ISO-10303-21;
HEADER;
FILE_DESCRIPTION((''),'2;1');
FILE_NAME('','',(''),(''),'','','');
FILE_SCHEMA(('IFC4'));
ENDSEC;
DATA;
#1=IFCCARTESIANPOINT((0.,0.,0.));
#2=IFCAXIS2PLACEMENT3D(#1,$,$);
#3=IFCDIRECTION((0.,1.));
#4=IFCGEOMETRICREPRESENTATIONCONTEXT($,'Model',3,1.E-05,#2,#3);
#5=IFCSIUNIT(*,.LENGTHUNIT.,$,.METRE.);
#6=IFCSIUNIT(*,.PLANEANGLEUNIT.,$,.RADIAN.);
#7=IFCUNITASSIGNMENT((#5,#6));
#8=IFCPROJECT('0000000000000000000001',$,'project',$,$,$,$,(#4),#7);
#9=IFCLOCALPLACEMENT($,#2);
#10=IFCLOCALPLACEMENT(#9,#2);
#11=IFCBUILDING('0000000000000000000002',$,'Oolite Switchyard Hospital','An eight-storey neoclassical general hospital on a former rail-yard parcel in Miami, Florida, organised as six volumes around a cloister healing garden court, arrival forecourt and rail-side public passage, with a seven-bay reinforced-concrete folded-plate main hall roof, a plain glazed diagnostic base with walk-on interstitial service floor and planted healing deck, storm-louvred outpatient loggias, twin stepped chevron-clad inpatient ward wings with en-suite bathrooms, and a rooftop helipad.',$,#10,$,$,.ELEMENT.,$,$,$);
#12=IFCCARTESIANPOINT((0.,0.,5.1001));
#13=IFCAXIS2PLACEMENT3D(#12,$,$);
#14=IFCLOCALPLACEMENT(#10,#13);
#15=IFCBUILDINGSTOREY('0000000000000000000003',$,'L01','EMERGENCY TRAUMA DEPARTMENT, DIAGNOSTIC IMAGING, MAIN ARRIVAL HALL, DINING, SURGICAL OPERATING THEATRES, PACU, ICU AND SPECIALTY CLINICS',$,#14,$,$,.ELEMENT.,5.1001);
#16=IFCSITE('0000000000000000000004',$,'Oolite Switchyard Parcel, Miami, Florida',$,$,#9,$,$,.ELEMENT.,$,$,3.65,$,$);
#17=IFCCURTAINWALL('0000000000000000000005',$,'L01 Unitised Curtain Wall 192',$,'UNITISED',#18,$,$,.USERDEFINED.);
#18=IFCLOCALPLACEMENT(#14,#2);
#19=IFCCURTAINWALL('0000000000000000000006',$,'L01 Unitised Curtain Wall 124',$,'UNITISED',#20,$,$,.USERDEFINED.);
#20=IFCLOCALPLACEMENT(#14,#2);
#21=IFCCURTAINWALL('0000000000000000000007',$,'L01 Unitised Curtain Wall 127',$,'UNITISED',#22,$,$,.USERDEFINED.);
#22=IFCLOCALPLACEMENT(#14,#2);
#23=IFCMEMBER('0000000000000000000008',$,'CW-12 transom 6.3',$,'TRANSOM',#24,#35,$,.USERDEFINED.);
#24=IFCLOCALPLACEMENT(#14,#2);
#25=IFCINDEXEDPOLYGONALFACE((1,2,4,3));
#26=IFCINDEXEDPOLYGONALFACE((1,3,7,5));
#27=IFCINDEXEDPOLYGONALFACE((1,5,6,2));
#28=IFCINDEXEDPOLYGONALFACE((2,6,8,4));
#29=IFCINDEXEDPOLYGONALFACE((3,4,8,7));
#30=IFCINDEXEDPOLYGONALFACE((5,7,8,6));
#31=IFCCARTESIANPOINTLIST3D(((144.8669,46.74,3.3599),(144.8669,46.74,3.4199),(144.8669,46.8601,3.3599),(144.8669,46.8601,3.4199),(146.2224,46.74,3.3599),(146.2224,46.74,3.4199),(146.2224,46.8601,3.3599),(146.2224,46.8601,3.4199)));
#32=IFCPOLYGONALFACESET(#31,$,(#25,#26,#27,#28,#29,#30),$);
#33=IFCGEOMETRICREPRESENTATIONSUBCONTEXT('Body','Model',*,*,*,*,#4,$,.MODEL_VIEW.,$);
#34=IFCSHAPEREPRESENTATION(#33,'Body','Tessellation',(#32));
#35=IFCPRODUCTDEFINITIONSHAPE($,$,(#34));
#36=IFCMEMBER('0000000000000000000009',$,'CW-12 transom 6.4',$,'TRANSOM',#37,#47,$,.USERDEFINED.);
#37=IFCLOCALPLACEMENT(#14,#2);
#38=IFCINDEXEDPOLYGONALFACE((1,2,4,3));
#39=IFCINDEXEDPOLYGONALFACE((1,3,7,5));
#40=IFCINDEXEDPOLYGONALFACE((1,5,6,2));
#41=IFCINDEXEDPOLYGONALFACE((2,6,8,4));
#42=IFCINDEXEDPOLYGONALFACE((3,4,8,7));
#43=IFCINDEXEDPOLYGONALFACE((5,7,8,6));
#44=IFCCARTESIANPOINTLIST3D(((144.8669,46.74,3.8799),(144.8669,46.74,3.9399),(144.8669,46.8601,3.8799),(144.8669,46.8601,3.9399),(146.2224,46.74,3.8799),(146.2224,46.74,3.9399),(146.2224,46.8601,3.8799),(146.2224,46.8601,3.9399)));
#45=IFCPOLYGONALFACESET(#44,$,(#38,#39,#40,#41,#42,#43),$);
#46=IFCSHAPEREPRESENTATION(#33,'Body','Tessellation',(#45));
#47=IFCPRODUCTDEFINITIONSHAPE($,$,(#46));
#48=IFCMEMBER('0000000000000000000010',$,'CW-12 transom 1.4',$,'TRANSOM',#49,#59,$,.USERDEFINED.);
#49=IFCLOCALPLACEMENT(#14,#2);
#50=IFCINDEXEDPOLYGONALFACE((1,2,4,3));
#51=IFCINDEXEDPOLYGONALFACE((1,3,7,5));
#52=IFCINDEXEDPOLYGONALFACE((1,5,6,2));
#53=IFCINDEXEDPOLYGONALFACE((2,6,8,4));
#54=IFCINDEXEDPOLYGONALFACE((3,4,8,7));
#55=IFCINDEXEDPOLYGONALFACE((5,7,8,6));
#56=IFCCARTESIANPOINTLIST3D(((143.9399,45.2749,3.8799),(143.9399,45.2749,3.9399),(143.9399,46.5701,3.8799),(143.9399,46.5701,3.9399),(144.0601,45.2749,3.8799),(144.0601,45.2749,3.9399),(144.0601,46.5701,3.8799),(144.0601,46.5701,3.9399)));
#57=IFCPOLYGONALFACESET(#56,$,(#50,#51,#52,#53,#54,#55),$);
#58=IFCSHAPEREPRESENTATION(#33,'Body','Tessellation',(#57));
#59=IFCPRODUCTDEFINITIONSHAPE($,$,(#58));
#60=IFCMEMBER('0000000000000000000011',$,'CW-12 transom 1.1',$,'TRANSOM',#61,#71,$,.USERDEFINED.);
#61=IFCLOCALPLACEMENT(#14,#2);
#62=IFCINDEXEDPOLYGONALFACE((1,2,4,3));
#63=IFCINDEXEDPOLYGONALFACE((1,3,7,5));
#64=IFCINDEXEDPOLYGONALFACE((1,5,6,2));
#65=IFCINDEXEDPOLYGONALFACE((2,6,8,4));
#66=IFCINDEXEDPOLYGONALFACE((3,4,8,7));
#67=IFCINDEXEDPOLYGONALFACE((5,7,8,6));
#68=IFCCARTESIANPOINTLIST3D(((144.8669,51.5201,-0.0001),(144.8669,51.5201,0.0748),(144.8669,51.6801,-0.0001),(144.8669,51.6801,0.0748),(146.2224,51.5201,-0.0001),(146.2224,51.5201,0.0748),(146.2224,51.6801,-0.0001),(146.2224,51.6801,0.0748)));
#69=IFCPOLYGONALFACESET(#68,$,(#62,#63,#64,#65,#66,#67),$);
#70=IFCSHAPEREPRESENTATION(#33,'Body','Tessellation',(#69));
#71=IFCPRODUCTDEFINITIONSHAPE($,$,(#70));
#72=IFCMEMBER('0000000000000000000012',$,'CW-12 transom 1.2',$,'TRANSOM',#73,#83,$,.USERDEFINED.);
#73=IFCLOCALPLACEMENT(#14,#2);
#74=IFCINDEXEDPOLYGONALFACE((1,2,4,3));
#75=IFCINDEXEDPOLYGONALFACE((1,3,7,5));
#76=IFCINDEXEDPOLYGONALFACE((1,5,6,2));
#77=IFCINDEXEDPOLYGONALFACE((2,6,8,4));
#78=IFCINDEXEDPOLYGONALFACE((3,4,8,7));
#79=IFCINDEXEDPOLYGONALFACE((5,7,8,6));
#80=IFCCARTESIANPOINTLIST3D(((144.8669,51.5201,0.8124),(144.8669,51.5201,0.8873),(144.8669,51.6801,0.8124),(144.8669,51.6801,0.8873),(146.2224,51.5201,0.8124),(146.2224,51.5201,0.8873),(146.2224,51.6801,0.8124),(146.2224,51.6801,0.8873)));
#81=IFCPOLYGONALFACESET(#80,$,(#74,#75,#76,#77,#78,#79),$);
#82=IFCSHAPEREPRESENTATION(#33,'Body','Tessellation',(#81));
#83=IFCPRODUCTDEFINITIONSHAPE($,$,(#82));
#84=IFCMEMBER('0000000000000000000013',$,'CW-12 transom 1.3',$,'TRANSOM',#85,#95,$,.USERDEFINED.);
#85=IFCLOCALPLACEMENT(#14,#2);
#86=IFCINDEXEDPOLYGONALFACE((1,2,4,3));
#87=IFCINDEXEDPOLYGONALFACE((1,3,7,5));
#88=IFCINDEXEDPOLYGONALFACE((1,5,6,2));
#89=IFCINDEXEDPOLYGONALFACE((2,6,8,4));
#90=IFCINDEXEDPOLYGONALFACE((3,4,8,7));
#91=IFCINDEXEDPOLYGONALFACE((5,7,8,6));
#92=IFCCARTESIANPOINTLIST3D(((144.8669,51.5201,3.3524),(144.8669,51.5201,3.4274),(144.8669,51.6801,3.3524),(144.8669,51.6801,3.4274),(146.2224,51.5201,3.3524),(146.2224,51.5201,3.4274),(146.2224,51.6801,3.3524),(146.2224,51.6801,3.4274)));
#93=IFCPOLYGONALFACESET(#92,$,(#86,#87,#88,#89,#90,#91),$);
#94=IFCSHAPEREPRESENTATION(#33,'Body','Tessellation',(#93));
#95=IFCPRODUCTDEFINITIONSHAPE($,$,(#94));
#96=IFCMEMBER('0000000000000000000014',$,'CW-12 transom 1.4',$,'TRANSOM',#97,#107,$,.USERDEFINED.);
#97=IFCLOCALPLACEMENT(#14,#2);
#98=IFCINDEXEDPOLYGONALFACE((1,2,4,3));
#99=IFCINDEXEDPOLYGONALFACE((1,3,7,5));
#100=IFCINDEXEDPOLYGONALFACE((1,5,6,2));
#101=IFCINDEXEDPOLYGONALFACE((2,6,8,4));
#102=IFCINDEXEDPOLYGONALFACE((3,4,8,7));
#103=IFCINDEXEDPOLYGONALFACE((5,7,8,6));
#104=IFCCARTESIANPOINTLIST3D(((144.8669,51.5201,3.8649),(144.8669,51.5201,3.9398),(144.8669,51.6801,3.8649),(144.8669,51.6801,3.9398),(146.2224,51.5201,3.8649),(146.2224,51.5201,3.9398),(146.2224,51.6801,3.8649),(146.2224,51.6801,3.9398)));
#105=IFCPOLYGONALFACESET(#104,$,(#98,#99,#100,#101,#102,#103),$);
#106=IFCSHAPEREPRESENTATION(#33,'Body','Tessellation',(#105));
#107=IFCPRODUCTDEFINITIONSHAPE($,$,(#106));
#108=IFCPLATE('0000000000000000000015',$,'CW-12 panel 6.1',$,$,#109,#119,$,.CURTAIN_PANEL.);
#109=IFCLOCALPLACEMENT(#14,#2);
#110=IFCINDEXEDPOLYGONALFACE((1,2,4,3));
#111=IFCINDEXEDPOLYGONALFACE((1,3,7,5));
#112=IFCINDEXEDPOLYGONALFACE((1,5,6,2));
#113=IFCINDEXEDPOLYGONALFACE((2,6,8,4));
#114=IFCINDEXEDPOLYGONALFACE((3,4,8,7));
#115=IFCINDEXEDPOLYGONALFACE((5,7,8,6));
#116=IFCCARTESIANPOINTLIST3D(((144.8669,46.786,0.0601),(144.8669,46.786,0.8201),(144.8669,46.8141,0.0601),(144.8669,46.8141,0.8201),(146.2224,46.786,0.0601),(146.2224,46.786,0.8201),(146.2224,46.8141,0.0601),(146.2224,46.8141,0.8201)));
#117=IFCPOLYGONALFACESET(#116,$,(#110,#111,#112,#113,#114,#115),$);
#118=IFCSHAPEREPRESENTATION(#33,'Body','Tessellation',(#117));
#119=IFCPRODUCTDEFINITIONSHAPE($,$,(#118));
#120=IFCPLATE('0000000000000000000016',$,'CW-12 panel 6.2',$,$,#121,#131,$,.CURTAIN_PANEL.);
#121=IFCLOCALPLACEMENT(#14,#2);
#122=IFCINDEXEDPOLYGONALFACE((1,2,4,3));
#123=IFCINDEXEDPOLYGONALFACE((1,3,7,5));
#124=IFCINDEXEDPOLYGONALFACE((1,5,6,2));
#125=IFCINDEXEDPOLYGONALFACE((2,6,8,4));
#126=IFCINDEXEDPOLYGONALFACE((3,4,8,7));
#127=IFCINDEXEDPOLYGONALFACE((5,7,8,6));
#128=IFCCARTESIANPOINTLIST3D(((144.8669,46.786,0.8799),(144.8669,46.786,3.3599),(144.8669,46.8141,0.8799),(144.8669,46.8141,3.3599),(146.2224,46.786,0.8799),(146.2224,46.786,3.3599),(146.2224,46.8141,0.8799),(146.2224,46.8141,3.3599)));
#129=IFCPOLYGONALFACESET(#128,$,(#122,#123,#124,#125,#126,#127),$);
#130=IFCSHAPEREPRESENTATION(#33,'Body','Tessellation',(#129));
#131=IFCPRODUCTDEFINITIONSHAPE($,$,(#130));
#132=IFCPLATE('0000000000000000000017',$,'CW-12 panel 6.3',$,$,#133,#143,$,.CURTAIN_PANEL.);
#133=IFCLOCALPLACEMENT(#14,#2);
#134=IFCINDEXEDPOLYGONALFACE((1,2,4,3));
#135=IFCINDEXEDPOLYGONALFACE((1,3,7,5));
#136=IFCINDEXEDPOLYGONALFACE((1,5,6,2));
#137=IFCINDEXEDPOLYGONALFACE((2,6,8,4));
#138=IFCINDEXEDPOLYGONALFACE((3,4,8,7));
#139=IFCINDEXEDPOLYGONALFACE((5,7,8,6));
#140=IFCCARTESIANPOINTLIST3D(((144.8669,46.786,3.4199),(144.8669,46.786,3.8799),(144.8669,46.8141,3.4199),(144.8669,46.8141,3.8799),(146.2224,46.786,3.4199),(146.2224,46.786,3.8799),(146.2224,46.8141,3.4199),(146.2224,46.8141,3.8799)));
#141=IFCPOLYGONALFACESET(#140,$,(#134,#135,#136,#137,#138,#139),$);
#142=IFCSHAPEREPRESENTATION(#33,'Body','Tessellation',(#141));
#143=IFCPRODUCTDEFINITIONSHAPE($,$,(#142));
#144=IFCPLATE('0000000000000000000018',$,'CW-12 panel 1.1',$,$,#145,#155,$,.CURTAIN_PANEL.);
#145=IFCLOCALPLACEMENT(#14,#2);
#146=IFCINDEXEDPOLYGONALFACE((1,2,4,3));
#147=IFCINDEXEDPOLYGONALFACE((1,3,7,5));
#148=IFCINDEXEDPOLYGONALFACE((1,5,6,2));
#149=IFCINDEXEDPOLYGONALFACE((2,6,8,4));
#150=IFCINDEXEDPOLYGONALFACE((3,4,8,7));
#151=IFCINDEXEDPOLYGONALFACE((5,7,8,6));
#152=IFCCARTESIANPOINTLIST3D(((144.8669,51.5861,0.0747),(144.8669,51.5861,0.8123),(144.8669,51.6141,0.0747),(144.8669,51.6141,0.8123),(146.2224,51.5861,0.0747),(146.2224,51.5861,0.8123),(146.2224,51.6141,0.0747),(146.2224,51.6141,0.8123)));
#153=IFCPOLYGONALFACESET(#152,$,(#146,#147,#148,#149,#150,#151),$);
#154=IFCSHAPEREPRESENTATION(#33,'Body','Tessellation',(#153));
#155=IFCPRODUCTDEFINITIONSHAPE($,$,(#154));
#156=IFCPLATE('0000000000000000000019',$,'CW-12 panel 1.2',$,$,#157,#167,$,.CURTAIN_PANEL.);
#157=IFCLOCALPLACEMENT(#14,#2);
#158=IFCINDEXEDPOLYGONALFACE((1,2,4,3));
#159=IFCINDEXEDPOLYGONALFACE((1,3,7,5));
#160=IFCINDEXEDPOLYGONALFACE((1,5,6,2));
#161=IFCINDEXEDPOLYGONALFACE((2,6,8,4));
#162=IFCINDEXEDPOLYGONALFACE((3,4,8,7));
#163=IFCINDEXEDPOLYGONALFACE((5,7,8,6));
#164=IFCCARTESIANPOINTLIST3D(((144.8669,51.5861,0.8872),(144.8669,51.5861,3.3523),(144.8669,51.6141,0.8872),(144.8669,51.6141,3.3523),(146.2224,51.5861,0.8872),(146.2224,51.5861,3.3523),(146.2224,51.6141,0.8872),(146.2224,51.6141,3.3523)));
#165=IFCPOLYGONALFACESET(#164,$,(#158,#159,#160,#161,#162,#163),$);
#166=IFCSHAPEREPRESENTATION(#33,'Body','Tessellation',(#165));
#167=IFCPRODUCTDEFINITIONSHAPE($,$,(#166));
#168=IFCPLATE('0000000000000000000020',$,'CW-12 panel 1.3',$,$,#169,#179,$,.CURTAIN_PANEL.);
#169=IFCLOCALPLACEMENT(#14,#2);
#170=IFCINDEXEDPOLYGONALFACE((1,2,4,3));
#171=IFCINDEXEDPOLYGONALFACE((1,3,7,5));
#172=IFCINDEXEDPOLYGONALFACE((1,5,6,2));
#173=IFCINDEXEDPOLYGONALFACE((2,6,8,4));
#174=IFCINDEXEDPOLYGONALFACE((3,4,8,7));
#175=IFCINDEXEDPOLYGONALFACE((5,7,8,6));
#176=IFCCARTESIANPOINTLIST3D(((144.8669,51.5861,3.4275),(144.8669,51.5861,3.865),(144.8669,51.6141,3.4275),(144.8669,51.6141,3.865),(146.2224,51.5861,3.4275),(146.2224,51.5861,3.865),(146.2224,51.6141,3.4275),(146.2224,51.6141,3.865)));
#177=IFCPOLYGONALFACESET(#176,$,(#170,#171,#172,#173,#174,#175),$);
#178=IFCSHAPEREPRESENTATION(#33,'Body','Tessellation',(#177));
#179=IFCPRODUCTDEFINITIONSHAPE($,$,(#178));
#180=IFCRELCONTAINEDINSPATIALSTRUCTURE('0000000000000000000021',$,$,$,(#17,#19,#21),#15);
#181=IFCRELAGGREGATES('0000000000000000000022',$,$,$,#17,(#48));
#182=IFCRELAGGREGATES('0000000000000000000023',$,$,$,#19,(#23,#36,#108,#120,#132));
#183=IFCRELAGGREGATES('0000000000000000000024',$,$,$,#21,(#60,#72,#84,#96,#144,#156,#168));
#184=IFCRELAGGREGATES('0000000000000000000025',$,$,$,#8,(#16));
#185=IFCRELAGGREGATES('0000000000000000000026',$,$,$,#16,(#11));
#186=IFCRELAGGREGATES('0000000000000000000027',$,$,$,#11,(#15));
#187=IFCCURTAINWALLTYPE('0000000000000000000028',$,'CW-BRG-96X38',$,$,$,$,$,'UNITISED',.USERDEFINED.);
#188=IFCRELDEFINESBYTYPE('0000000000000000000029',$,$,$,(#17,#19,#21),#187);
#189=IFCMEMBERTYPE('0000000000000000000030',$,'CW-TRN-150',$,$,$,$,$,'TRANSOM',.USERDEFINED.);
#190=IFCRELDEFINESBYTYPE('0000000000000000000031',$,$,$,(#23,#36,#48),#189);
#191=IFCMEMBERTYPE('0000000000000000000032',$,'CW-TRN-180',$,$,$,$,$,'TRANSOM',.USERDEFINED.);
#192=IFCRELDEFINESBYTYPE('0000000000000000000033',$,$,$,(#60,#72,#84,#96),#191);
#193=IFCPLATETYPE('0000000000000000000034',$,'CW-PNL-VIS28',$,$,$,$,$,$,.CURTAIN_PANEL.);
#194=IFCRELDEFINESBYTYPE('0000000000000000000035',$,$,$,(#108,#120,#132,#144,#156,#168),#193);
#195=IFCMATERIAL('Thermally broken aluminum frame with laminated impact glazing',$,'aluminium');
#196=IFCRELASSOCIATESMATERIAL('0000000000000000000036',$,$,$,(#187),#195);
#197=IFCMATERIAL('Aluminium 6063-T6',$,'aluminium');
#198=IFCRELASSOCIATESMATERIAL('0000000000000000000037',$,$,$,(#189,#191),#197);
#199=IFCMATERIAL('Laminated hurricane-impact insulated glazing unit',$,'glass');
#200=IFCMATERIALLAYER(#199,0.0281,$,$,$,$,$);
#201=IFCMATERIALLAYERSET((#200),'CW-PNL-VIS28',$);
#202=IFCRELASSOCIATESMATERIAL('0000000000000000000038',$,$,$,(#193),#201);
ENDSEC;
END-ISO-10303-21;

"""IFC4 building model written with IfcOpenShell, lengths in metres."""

from ifc_helpers import new_model, si_unit, direction, frame, origin, origin_2d, place, context, subcontext, project, spatial, rectangle, extrude, material, layer, layer_set, material_profile, profile_set, type_object, element, aggregate, save


model = new_model("IFC4")

# Units and contexts
model_context = context("Model", 3, precision=1e-05, world=origin(), true_north=direction((0.0, 1.0)))
body_context = subcontext(model_context, "Body", "Model", "MODEL_VIEW")
ifc_project = project(units=[si_unit("LENGTHUNIT", "METRE"), si_unit("PLANEANGLEUNIT", "RADIAN")], contexts=[model_context])

# Site, building, storey
site_placement = place(None, origin())
site = spatial("IfcSite", under=ifc_project, at=site_placement, Name="Oolite Switchyard Parcel, Miami, Florida", CompositionType="ELEMENT", RefElevation=3.65)
building_placement = place(site_placement, origin())
building = spatial("IfcBuilding", under=site, at=building_placement, Name="Oolite Switchyard Hospital", Description="An eight-storey neoclassical general hospital on a former rail-yard parcel in Miami, Florida, organised as six volumes around a cloister healing garden court, arrival forecourt and rail-side public passage, with a seven-bay reinforced-concrete folded-plate main hall roof, a plain glazed diagnostic base with walk-on interstitial service floor and planted healing deck, storm-louvred outpatient loggias, twin stepped chevron-clad inpatient ward wings with en-suite bathrooms, and a rooftop helipad.", CompositionType="ELEMENT")
storey_placement = place(building_placement, frame((0.0, 0.0, 5.1001)))
storey = spatial("IfcBuildingStorey", under=building, at=storey_placement, Name="L01", Description="EMERGENCY TRAUMA DEPARTMENT, DIAGNOSTIC IMAGING, MAIN ARRIVAL HALL, DINING, SURGICAL OPERATING THEATRES, PACU, ICU AND SPECIALTY CLINICS", CompositionType="ELEMENT", Elevation=5.1001)

# Curtain wall
ifc_material_1 = material(Name="Thermally broken aluminum frame with laminated impact glazing", Category="aluminium")
curtain_wall_type = type_object("IfcCurtainWallType", Name="CW-BRG-96X38", ElementType="UNITISED", PredefinedType="USERDEFINED", material=ifc_material_1)
curtain_wall_1_placement = place(storey_placement, origin())
curtain_wall_1 = element("IfcCurtainWall", 1, at=curtain_wall_1_placement, inside=storey, type_object=curtain_wall_type, Name="L01 Unitised Curtain Wall 192", ObjectType="UNITISED", PredefinedType="USERDEFINED")
ifc_material_2 = material(Name="Aluminium 6063-T6", Category="aluminium")

# Curtain walls
curtain_wall_2_placement = place(storey_placement, origin())
curtain_wall_2 = element("IfcCurtainWall", 2, at=curtain_wall_2_placement, inside=storey, type_object=curtain_wall_type, Name="L01 Unitised Curtain Wall 124", ObjectType="UNITISED", PredefinedType="USERDEFINED")
curtain_wall_3_placement = place(storey_placement, origin())
curtain_wall_3 = element("IfcCurtainWall", 3, at=curtain_wall_3_placement, inside=storey, type_object=curtain_wall_type, Name="L01 Unitised Curtain Wall 127", ObjectType="UNITISED", PredefinedType="USERDEFINED")

# Members
ifc_material_profile_1 = material_profile(ifc_material_2, rectangle(XDim=0.1201, YDim=0.0601, at=origin_2d()), Name="CWT60X120")
ifc_profile_set_1 = profile_set([ifc_material_profile_1], Name="Aluminium 6063-T6")
member_type_1 = type_object("IfcMemberType", Name="CW-TRN-150", ElementType="TRANSOM", PredefinedType="USERDEFINED", material=ifc_profile_set_1)
member_1_placement = place(storey_placement, frame((146.2224, 46.8, 3.3899), z_axis=(-1.0, 0.0, 0.0), x_axis=(0.0, -1.0, 0.0)))
member_1 = element("IfcMember", 4, at=member_1_placement, type_object=member_type_1, Name="CW-12 transom 6.3", ObjectType="TRANSOM", PredefinedType="USERDEFINED", context=body_context, shape_type="SweptSolid", body=[
    extrude(rectangle(XDim=0.1201, YDim=0.0601, at=origin_2d()), origin(), (0.0, 0.0, 1.0), 1.3555),
])
member_2_placement = place(storey_placement, frame((146.2224, 46.8, 3.9099), z_axis=(-1.0, 0.0, 0.0), x_axis=(0.0, -1.0, 0.0)))
member_2 = element("IfcMember", 5, at=member_2_placement, type_object=member_type_1, Name="CW-12 transom 6.4", ObjectType="TRANSOM", PredefinedType="USERDEFINED", context=body_context, shape_type="SweptSolid", body=[
    extrude(rectangle(XDim=0.1201, YDim=0.0601, at=origin_2d()), origin(), (0.0, 0.0, 1.0), 1.3555),
])
member_3_placement = place(storey_placement, frame((144.0, 46.5701, 3.9099), z_axis=(0.0, -1.0, 0.0), x_axis=(1.0, 0.0, 0.0)))
member_3 = element("IfcMember", 6, at=member_3_placement, type_object=member_type_1, Name="CW-12 transom 1.4", ObjectType="TRANSOM", PredefinedType="USERDEFINED", context=body_context, shape_type="SweptSolid", body=[
    extrude(rectangle(XDim=0.1201, YDim=0.0601, at=origin_2d()), origin(), (0.0, 0.0, 1.0), 1.2952),
])
aggregate(curtain_wall_1, [member_3])
ifc_material_profile_2 = material_profile(ifc_material_2, rectangle(XDim=0.1599, YDim=0.075, at=origin_2d()), Name="CWT75X160")
ifc_profile_set_2 = profile_set([ifc_material_profile_2], Name="Aluminium 6063-T6")
member_type_2 = type_object("IfcMemberType", Name="CW-TRN-180", ElementType="TRANSOM", PredefinedType="USERDEFINED", material=ifc_profile_set_2)
member_4_placement = place(storey_placement, frame((144.8669, 51.6001, 0.0374), z_axis=(1.0, 0.0, 0.0), x_axis=(0.0, 1.0, 0.0)))
member_4 = element("IfcMember", 7, at=member_4_placement, type_object=member_type_2, Name="CW-12 transom 1.1", ObjectType="TRANSOM", PredefinedType="USERDEFINED", context=body_context, shape_type="SweptSolid", body=[
    extrude(rectangle(XDim=0.1599, YDim=0.075, at=origin_2d()), origin(), (0.0, 0.0, 1.0), 1.3555),
])
member_5_placement = place(storey_placement, frame((144.8669, 51.6001, 0.8499), z_axis=(1.0, 0.0, 0.0), x_axis=(0.0, 1.0, 0.0)))
member_5 = element("IfcMember", 8, at=member_5_placement, type_object=member_type_2, Name="CW-12 transom 1.2", ObjectType="TRANSOM", PredefinedType="USERDEFINED", context=body_context, shape_type="SweptSolid", body=[
    extrude(rectangle(XDim=0.1599, YDim=0.075, at=origin_2d()), origin(), (0.0, 0.0, 1.0), 1.3555),
])
member_6_placement = place(storey_placement, frame((144.8669, 51.6001, 3.3899), z_axis=(1.0, 0.0, 0.0), x_axis=(0.0, 1.0, 0.0)))
member_6 = element("IfcMember", 9, at=member_6_placement, type_object=member_type_2, Name="CW-12 transom 1.3", ObjectType="TRANSOM", PredefinedType="USERDEFINED", context=body_context, shape_type="SweptSolid", body=[
    extrude(rectangle(XDim=0.1599, YDim=0.075, at=origin_2d()), origin(), (0.0, 0.0, 1.0), 1.3555),
])
member_7_placement = place(storey_placement, frame((144.8669, 51.6001, 3.9023), z_axis=(1.0, 0.0, 0.0), x_axis=(0.0, 1.0, 0.0)))
member_7 = element("IfcMember", 10, at=member_7_placement, type_object=member_type_2, Name="CW-12 transom 1.4", ObjectType="TRANSOM", PredefinedType="USERDEFINED", context=body_context, shape_type="SweptSolid", body=[
    extrude(rectangle(XDim=0.1599, YDim=0.075, at=origin_2d()), origin(), (0.0, 0.0, 1.0), 1.3555),
])

# Plates
ifc_material_3 = material(Name="Laminated hurricane-impact insulated glazing unit", Category="glass")
ifc_layer = layer(ifc_material_3, 0.0281)
ifc_layer_set = layer_set([ifc_layer], Name="CW-PNL-VIS28")
plate_type = type_object("IfcPlateType", Name="CW-PNL-VIS28", PredefinedType="CURTAIN_PANEL", material=ifc_layer_set)
plate_1_placement = place(storey_placement, frame((145.5447, 46.8, 0.0601), z_axis=(0.0, 0.0, 1.0), x_axis=(-1.0, 0.0, 0.0)))
plate_1 = element("IfcPlate", 11, at=plate_1_placement, type_object=plate_type, Name="CW-12 panel 6.1", PredefinedType="CURTAIN_PANEL", context=body_context, shape_type="SweptSolid", body=[
    extrude(rectangle(XDim=1.3555, YDim=0.0281, at=origin_2d()), origin(), (0.0, 0.0, 1.0), 0.76),
])
plate_2_placement = place(storey_placement, frame((145.5447, 46.8, 0.8799), z_axis=(0.0, 0.0, 1.0), x_axis=(-1.0, 0.0, 0.0)))
plate_2 = element("IfcPlate", 12, at=plate_2_placement, type_object=plate_type, Name="CW-12 panel 6.2", PredefinedType="CURTAIN_PANEL", context=body_context, shape_type="SweptSolid", body=[
    extrude(rectangle(XDim=1.3555, YDim=0.0281, at=origin_2d()), origin(), (0.0, 0.0, 1.0), 2.48),
])
plate_3_placement = place(storey_placement, frame((145.5447, 46.8, 3.4199), z_axis=(0.0, 0.0, 1.0), x_axis=(-1.0, 0.0, 0.0)))
plate_3 = element("IfcPlate", 13, at=plate_3_placement, type_object=plate_type, Name="CW-12 panel 6.3", PredefinedType="CURTAIN_PANEL", context=body_context, shape_type="SweptSolid", body=[
    extrude(rectangle(XDim=1.3555, YDim=0.0281, at=origin_2d()), origin(), (0.0, 0.0, 1.0), 0.46),
])
aggregate(curtain_wall_2, [member_1, member_2, plate_1, plate_2, plate_3])
plate_4_placement = place(storey_placement, frame((145.5447, 51.6001, 0.0747), z_axis=(0.0, 0.0, 1.0), x_axis=(1.0, 0.0, 0.0)))
plate_4 = element("IfcPlate", 14, at=plate_4_placement, type_object=plate_type, Name="CW-12 panel 1.1", PredefinedType="CURTAIN_PANEL", context=body_context, shape_type="SweptSolid", body=[
    extrude(rectangle(XDim=1.3555, YDim=0.0281, at=origin_2d()), origin(), (0.0, 0.0, 1.0), 0.7375),
])
plate_5_placement = place(storey_placement, frame((145.5447, 51.6001, 0.8872), z_axis=(0.0, 0.0, 1.0), x_axis=(1.0, 0.0, 0.0)))
plate_5 = element("IfcPlate", 15, at=plate_5_placement, type_object=plate_type, Name="CW-12 panel 1.2", PredefinedType="CURTAIN_PANEL", context=body_context, shape_type="SweptSolid", body=[
    extrude(rectangle(XDim=1.3555, YDim=0.0281, at=origin_2d()), origin(), (0.0, 0.0, 1.0), 2.4651),
])
plate_6_placement = place(storey_placement, frame((145.5447, 51.6001, 3.4275), z_axis=(0.0, 0.0, 1.0), x_axis=(1.0, 0.0, 0.0)))
plate_6 = element("IfcPlate", 16, at=plate_6_placement, type_object=plate_type, Name="CW-12 panel 1.3", PredefinedType="CURTAIN_PANEL", context=body_context, shape_type="SweptSolid", body=[
    extrude(rectangle(XDim=1.3555, YDim=0.0281, at=origin_2d()), origin(), (0.0, 0.0, 1.0), 0.4375),
])
aggregate(curtain_wall_3, [member_4, member_5, member_6, member_7, plate_4, plate_5, plate_6])

save(model, "model.ifc")
